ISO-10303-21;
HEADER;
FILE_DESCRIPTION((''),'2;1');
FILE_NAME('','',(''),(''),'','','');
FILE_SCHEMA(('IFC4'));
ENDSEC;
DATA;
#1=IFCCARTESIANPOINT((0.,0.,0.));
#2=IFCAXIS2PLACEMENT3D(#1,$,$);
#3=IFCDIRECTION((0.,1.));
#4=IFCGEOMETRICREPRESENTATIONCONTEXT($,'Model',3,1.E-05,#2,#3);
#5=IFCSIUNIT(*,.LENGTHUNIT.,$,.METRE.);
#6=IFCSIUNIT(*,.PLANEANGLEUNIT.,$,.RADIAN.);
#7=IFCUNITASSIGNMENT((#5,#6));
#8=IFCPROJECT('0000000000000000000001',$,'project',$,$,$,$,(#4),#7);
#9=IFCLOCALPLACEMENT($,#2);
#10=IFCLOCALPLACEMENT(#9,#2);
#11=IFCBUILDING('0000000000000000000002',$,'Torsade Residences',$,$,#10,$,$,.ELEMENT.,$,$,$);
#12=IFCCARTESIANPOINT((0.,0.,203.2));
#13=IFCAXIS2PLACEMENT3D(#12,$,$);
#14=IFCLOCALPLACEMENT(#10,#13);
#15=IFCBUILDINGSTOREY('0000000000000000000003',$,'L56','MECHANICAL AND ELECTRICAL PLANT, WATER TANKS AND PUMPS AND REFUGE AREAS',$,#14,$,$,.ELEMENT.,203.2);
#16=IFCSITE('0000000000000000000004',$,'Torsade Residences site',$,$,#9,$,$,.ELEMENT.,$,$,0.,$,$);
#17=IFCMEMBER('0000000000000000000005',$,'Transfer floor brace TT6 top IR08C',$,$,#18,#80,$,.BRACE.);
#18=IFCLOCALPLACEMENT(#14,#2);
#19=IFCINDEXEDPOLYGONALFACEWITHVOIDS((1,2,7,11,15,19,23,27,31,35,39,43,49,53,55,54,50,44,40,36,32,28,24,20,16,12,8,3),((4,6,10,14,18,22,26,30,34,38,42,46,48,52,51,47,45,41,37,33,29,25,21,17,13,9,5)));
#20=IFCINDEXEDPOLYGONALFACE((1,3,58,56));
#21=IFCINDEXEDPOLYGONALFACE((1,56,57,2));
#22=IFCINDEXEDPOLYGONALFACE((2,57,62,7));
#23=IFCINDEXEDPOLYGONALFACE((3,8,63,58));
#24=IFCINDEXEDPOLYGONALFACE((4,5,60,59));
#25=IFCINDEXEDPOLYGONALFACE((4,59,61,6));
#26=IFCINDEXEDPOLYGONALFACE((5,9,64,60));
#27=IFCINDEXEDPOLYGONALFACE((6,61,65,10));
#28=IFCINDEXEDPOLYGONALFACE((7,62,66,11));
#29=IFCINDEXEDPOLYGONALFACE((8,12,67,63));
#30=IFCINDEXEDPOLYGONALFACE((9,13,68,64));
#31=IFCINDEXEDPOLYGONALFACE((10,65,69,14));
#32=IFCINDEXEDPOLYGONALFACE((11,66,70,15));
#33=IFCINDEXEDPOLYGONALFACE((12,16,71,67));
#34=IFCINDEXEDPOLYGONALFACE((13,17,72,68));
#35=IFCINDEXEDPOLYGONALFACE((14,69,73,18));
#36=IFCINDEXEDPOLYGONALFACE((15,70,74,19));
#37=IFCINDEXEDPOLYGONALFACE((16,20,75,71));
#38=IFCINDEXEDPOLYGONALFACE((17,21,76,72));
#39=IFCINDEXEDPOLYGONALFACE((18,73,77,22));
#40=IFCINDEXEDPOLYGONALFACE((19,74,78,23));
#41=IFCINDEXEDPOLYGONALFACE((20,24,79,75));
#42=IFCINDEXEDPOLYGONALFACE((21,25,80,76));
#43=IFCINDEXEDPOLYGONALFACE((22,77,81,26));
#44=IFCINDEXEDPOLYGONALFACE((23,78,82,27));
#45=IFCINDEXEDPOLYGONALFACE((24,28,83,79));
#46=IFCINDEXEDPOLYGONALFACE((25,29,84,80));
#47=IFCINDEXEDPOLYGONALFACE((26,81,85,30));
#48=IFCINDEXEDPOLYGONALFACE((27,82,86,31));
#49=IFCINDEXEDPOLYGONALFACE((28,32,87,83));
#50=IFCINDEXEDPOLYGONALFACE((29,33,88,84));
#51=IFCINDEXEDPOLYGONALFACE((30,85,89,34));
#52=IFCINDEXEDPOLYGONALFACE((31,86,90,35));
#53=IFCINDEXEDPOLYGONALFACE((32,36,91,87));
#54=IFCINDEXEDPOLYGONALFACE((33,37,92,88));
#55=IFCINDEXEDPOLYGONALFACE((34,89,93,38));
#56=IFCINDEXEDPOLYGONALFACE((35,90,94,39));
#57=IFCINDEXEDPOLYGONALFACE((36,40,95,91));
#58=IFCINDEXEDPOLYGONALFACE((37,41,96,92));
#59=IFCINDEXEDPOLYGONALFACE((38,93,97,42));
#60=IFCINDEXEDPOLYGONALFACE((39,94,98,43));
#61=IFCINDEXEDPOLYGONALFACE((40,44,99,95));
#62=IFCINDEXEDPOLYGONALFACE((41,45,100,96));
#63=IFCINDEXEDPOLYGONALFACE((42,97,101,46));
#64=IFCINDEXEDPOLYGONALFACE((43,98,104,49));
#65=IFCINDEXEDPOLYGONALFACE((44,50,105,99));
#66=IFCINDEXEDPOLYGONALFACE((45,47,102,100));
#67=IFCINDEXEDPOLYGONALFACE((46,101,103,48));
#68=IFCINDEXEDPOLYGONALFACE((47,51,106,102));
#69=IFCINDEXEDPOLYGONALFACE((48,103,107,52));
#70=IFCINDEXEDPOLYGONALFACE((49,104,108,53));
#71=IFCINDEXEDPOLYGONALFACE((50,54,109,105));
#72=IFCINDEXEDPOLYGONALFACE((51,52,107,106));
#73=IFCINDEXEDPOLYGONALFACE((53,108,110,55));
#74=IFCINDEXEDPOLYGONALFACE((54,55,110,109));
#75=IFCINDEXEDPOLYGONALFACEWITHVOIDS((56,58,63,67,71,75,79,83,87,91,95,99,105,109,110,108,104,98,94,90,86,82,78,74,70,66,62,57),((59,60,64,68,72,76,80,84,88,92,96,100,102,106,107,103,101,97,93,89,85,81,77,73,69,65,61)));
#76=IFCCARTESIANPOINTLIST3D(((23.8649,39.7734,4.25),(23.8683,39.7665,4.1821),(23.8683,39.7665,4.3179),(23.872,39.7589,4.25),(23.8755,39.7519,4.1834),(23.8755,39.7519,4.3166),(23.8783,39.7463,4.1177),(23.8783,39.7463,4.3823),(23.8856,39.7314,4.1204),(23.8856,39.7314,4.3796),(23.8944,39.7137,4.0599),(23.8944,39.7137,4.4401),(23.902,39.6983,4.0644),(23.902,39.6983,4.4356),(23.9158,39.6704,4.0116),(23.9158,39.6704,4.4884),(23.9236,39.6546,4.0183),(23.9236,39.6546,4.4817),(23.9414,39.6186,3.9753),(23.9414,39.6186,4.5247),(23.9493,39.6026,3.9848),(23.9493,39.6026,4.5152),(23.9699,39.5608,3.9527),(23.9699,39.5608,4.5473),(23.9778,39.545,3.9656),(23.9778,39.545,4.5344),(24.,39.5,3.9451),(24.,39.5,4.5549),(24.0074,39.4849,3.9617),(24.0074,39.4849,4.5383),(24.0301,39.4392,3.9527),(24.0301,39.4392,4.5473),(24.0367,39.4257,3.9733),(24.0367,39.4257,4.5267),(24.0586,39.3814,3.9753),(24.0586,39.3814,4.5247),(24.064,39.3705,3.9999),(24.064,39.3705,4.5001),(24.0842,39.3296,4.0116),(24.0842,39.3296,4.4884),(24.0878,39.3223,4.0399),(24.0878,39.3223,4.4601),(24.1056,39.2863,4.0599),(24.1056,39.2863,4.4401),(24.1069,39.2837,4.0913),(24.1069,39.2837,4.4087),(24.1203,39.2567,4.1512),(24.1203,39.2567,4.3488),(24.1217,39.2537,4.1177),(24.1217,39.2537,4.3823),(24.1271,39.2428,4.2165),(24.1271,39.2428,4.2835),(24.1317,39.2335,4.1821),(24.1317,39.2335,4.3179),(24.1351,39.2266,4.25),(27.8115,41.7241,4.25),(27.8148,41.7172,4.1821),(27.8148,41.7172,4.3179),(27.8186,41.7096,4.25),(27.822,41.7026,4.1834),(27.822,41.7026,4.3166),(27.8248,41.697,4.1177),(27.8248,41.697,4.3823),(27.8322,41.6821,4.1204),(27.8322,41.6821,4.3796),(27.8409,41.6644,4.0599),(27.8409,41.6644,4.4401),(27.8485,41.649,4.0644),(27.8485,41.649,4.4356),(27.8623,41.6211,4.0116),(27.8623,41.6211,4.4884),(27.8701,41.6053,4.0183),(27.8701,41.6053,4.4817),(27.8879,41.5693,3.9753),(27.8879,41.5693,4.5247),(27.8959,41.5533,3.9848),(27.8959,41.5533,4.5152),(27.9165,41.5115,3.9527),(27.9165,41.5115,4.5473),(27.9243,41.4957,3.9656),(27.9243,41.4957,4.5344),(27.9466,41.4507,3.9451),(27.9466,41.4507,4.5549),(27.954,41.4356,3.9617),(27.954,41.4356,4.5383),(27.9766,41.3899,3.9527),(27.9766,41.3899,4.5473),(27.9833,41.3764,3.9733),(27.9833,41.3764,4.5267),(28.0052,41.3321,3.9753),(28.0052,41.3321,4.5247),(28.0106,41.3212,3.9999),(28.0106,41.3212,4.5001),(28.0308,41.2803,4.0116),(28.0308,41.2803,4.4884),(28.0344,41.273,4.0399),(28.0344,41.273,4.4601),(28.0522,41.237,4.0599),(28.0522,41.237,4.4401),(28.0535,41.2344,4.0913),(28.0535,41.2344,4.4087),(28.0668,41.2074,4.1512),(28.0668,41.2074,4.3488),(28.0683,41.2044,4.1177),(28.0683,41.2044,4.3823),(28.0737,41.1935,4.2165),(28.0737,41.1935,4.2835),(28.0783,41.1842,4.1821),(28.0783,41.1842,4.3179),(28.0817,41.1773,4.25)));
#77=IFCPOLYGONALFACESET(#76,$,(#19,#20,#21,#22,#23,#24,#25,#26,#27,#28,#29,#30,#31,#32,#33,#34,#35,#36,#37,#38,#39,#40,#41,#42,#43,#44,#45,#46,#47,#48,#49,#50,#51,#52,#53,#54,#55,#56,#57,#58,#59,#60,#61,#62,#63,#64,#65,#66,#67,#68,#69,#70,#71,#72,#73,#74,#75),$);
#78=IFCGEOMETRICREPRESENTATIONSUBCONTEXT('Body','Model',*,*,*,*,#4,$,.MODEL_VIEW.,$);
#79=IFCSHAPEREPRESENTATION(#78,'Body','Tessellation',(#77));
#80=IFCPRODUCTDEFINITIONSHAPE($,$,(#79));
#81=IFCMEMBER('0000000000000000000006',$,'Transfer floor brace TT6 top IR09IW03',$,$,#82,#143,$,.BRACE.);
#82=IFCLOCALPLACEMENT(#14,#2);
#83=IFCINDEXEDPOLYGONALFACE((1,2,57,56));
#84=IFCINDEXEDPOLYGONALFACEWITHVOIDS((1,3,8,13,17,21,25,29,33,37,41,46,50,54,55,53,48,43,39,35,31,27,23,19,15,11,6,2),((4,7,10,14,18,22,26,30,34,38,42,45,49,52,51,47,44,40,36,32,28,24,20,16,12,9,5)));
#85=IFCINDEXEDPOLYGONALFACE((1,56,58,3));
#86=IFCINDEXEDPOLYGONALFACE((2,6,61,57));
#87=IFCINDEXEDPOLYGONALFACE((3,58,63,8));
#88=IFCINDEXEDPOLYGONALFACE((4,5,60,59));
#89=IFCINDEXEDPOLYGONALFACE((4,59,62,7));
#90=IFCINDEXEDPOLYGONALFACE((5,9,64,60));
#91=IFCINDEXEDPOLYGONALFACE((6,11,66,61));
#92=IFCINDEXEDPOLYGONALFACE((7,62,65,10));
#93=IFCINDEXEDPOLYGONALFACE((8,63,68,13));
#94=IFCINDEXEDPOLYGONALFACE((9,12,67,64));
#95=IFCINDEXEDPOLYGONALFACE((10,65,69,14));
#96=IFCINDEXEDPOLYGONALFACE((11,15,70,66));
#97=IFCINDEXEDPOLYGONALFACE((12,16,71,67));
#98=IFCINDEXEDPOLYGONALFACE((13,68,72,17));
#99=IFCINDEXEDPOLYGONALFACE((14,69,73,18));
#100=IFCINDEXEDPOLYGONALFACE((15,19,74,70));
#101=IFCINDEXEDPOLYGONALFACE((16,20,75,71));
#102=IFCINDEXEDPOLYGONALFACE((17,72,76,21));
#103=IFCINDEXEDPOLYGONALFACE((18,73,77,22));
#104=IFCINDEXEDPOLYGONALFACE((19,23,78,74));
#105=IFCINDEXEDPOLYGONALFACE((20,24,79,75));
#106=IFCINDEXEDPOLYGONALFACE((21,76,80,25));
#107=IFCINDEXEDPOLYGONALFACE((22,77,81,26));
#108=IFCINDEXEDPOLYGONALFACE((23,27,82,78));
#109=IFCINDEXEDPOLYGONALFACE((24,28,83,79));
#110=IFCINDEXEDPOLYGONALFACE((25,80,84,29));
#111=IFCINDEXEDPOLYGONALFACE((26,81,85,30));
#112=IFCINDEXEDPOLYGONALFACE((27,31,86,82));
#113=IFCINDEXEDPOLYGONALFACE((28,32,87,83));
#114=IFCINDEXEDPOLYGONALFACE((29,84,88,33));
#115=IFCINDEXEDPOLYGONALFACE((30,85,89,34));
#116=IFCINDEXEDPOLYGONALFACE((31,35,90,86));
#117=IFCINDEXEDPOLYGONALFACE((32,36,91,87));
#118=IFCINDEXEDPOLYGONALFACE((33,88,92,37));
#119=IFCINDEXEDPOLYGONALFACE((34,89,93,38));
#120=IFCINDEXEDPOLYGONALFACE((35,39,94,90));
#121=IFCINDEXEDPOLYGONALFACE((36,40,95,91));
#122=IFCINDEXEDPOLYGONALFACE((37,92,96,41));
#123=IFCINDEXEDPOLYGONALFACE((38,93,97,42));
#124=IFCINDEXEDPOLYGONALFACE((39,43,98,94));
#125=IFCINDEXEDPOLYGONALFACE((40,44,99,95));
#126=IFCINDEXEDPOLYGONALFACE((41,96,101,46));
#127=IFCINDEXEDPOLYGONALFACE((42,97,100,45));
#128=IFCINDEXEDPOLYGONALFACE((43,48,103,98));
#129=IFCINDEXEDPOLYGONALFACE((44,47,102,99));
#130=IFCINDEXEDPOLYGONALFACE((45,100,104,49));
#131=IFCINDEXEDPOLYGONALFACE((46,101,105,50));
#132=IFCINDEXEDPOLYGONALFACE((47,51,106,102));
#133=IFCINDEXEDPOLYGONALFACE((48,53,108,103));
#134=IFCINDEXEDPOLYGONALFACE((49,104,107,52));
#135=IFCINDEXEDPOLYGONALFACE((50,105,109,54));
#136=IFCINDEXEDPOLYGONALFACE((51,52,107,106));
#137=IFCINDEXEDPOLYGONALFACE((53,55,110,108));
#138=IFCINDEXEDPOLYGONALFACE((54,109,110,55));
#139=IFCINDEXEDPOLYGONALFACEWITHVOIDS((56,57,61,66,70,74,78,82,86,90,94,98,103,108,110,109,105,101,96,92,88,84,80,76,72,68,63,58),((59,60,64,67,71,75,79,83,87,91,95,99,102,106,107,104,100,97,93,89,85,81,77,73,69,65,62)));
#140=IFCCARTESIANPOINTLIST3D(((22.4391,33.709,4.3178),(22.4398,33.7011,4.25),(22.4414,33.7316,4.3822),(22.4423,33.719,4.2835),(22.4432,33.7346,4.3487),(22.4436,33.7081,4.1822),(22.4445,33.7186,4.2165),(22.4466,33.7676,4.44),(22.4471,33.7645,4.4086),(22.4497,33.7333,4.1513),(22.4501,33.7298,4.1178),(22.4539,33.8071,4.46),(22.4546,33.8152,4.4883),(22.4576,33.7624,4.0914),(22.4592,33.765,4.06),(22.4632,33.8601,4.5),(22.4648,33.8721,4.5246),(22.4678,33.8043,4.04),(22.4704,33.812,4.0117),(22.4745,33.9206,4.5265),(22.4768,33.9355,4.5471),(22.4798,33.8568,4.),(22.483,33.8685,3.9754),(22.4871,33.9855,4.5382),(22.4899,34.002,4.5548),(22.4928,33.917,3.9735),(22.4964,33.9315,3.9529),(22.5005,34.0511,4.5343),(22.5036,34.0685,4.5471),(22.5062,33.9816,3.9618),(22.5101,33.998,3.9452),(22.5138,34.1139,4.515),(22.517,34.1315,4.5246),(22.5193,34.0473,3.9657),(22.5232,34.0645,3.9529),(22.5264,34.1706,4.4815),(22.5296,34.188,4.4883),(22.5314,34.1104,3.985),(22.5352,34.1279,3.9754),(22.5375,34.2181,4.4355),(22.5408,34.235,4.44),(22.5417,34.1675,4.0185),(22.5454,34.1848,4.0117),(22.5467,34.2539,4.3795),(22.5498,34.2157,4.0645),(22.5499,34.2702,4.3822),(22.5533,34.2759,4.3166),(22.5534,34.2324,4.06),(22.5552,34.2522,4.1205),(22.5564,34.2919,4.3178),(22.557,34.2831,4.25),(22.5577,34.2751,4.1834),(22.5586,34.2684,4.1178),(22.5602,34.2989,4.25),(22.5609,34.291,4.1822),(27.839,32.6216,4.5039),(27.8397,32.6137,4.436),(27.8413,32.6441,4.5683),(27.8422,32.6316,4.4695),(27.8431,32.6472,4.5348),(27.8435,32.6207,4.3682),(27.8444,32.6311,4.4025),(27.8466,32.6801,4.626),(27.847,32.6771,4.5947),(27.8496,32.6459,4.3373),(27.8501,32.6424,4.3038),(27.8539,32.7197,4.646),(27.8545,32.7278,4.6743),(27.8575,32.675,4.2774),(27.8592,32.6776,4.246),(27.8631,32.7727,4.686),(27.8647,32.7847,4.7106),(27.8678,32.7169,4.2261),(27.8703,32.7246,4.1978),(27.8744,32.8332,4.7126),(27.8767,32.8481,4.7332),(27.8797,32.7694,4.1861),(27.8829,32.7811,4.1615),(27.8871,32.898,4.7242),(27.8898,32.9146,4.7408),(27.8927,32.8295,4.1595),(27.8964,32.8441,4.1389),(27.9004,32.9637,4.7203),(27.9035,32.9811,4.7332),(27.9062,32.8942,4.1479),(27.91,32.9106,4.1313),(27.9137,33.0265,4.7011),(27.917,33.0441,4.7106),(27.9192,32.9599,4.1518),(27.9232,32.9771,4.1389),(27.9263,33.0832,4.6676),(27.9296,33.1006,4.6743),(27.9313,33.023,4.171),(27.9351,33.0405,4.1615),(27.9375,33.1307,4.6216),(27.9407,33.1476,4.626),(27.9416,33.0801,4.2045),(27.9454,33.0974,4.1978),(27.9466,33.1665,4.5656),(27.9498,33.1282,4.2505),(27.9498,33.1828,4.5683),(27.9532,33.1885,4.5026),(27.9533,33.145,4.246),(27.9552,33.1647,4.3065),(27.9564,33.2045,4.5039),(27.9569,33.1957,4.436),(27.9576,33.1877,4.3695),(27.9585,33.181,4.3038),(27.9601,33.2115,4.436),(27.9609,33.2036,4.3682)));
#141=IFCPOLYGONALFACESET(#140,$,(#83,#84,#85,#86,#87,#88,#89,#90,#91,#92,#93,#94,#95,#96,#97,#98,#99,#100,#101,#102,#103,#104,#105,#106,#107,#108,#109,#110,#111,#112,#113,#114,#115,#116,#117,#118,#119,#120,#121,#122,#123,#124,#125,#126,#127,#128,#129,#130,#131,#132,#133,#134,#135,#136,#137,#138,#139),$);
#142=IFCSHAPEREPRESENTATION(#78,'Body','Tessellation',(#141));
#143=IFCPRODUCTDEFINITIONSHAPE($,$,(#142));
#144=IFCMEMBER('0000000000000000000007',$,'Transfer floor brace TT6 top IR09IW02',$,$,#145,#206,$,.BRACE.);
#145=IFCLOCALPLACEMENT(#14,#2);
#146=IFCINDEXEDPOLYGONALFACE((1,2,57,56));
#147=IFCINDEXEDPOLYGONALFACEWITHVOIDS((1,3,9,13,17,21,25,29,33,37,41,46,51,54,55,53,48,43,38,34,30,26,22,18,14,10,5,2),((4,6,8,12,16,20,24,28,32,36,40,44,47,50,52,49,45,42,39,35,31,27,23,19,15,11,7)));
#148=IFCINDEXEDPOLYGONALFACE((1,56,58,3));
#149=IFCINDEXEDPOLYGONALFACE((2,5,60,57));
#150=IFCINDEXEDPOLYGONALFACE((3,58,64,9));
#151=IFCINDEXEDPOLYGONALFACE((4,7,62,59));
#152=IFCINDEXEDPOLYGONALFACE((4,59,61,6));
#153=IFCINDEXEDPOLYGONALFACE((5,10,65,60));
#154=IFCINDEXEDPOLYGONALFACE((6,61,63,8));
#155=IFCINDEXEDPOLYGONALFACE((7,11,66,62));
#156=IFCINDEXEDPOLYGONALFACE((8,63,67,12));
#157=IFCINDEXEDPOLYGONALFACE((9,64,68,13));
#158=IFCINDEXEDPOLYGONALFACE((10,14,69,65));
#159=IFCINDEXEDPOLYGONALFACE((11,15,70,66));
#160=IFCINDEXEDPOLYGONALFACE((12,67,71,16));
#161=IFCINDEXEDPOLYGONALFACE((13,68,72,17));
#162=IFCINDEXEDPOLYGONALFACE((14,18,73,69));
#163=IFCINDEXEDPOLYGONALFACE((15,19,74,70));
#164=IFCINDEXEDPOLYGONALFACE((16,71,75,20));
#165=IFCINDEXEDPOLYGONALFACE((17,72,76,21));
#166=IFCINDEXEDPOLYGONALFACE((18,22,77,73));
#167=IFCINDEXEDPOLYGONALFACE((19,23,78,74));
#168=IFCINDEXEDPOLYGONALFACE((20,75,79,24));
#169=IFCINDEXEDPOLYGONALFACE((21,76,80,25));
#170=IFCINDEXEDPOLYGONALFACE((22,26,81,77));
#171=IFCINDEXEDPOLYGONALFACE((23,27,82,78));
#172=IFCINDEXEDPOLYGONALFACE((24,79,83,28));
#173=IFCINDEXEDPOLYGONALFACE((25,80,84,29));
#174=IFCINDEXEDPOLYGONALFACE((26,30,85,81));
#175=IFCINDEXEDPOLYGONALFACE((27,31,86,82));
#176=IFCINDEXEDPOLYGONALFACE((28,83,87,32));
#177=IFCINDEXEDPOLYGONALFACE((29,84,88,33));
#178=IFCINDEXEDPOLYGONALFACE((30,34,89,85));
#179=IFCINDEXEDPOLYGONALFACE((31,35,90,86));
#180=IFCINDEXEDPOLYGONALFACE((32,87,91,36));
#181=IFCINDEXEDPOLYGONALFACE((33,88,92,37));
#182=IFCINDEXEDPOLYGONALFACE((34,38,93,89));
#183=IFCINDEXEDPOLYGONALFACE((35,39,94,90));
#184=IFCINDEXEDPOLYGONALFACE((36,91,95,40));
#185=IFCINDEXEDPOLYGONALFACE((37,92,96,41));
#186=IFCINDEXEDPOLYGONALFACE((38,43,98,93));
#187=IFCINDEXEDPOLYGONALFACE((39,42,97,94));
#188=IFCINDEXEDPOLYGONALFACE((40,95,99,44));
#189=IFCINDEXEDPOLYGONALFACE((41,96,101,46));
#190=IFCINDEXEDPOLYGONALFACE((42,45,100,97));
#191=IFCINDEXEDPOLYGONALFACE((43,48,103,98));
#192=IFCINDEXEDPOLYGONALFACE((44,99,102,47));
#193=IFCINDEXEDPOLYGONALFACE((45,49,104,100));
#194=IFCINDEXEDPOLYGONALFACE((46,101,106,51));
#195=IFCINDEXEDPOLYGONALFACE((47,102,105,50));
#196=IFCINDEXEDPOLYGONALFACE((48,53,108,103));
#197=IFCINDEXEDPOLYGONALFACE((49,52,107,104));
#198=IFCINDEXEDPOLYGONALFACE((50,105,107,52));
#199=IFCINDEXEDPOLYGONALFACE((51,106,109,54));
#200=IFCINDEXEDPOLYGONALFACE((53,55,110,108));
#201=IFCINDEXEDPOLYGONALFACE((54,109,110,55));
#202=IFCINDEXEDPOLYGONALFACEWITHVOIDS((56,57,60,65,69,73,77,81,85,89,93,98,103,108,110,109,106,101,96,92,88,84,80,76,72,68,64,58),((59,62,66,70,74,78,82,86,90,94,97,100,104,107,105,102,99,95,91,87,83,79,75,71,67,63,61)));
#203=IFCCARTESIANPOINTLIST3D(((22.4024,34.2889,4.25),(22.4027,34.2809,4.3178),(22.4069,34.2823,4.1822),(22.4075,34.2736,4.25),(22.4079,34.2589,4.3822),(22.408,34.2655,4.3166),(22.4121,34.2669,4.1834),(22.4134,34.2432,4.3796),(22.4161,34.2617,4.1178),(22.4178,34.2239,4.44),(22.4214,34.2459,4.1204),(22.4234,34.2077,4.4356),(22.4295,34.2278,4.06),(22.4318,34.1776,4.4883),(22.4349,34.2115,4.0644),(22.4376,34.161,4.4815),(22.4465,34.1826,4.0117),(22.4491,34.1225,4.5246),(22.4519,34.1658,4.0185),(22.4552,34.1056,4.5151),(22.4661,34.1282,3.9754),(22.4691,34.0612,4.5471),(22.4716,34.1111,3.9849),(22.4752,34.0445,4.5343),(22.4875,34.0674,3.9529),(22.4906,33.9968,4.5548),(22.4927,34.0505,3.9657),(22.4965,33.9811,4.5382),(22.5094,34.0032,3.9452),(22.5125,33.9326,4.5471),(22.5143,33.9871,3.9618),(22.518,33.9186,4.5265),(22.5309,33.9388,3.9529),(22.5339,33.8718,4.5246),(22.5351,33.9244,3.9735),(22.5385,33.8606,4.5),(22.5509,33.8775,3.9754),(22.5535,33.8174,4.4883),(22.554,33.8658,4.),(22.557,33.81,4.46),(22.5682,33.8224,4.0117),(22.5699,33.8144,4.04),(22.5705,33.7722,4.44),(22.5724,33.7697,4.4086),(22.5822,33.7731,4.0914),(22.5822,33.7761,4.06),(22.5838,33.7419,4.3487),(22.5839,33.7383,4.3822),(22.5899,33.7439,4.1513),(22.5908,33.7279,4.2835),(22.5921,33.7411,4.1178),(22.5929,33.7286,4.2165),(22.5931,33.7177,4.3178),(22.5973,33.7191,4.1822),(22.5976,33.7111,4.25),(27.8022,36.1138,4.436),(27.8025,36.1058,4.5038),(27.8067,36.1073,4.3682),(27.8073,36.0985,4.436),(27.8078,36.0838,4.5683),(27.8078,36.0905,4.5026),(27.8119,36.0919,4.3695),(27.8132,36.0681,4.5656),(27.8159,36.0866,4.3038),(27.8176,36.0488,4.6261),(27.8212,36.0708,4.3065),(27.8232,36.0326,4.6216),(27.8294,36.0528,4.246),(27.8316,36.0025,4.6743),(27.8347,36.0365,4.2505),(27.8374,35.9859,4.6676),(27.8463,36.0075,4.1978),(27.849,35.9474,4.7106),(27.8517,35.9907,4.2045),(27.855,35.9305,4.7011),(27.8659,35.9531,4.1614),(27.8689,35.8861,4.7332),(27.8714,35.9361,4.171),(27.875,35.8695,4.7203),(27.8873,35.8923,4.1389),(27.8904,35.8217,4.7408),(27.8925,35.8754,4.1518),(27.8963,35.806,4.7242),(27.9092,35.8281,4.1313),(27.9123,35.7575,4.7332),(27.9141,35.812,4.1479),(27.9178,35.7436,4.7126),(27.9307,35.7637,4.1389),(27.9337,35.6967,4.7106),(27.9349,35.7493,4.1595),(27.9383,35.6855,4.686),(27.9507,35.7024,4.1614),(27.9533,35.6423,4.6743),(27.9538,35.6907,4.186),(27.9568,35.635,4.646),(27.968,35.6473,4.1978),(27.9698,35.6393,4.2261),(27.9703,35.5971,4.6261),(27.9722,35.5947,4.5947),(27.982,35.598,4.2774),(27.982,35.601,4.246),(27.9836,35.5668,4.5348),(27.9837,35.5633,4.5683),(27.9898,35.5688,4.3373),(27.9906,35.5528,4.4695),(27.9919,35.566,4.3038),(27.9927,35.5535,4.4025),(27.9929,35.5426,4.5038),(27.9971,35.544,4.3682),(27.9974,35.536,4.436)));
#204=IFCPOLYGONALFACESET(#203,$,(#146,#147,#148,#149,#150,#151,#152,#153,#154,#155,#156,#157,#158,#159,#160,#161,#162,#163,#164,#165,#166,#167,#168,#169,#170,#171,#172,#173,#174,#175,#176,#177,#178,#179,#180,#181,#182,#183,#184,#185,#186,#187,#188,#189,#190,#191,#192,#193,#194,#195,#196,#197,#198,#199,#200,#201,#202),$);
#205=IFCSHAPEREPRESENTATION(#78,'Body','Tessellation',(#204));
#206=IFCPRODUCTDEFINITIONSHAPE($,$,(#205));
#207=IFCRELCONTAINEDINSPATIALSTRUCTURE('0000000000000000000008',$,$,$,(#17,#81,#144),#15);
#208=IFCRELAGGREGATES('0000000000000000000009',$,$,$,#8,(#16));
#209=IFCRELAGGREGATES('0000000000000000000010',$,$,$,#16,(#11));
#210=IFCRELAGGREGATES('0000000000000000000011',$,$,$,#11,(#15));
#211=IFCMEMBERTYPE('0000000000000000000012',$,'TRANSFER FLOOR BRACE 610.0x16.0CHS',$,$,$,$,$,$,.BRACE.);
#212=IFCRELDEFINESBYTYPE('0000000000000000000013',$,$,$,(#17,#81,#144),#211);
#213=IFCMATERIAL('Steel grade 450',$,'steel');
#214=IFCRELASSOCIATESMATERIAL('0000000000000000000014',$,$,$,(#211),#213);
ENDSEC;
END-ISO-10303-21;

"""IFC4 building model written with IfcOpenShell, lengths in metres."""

from ifc_helpers import new_model, si_unit, direction, frame, origin, origin_2d, place, context, subcontext, project, spatial, hollow_circle, extrude, material, material_profile, profile_set, type_object, element, save


model = new_model("IFC4")

# Units and contexts
model_context = context("Model", 3, precision=1e-05, world=origin(), true_north=direction((0.0, 1.0)))
body_context = subcontext(model_context, "Body", "Model", "MODEL_VIEW")
ifc_project = project(units=[si_unit("LENGTHUNIT", "METRE"), si_unit("PLANEANGLEUNIT", "RADIAN")], contexts=[model_context])

# Site, building, storey
site_placement = place(None, origin())
site = spatial("IfcSite", under=ifc_project, at=site_placement, Name="Torsade Residences site", CompositionType="ELEMENT", RefElevation=0.0)
building_placement = place(site_placement, origin())
building = spatial("IfcBuilding", under=site, at=building_placement, Name="Torsade Residences", CompositionType="ELEMENT")
storey_placement = place(building_placement, frame((0.0, 0.0, 203.2)))
storey = spatial("IfcBuildingStorey", under=building, at=storey_placement, Name="L56", Description="MECHANICAL AND ELECTRICAL PLANT, WATER TANKS AND PUMPS AND REFUGE AREAS", CompositionType="ELEMENT", Elevation=203.2)

# Members
ifc_material_1 = material(Name="Steel grade 450", Category="steel")
ifc_material_profile_1 = material_profile(ifc_material_1, hollow_circle(Radius=0.3049, WallThickness=0.0161, at=origin_2d()), Name="610.0x16.0CHS")
ifc_profile_set_1 = profile_set([ifc_material_profile_1], Name="Steel grade 450")
member_type_1 = type_object("IfcMemberType", Name="TRANSFER FLOOR BRACE 610.0x16.0CHS", PredefinedType="BRACE", material=ifc_profile_set_1)
member_1_placement = place(storey_placement, frame((24.0, 39.5, 4.25), z_axis=(0.89647, 0.443105, 0.0), x_axis=(-0.443105, 0.89647, 0.0)))
element("IfcMember", 1, at=member_1_placement, inside=storey, type_object=member_type_1, Name="Transfer floor brace TT6 top IR08C", PredefinedType="BRACE", context=body_context, shape_type="SweptSolid", body=[
    extrude(hollow_circle(Radius=0.3049, WallThickness=0.0161, at=origin_2d()), origin(), (0.0, 0.0, 1.0), 4.4023),
])
member_2_placement = place(storey_placement, frame((22.5, 34.0, 4.25), z_axis=(0.979762, -0.197299, 0.033754), x_axis=(0.197412, 0.980321, 0.0)))
element("IfcMember", 2, at=member_2_placement, inside=storey, type_object=member_type_1, Name="Transfer floor brace TT6 top IR09IW03", PredefinedType="BRACE", context=body_context, shape_type="SweptSolid", body=[
    extrude(hollow_circle(Radius=0.3049, WallThickness=0.0161, at=origin_2d()), origin(), (0.0, 0.0, 1.0), 5.5115),
])
member_3_placement = place(storey_placement, frame((22.5, 34.0, 4.25), z_axis=(0.946856, 0.319999, 0.032621), x_axis=(-0.32017, 0.94736, 0.0)))
element("IfcMember", 3, at=member_3_placement, inside=storey, type_object=member_type_1, Name="Transfer floor brace TT6 top IR09IW02", PredefinedType="BRACE", context=body_context, shape_type="SweptSolid", body=[
    extrude(hollow_circle(Radius=0.3049, WallThickness=0.0161, at=origin_2d()), origin(), (0.0, 0.0, 1.0), 5.7029),
])

save(model, "model.ifc")
